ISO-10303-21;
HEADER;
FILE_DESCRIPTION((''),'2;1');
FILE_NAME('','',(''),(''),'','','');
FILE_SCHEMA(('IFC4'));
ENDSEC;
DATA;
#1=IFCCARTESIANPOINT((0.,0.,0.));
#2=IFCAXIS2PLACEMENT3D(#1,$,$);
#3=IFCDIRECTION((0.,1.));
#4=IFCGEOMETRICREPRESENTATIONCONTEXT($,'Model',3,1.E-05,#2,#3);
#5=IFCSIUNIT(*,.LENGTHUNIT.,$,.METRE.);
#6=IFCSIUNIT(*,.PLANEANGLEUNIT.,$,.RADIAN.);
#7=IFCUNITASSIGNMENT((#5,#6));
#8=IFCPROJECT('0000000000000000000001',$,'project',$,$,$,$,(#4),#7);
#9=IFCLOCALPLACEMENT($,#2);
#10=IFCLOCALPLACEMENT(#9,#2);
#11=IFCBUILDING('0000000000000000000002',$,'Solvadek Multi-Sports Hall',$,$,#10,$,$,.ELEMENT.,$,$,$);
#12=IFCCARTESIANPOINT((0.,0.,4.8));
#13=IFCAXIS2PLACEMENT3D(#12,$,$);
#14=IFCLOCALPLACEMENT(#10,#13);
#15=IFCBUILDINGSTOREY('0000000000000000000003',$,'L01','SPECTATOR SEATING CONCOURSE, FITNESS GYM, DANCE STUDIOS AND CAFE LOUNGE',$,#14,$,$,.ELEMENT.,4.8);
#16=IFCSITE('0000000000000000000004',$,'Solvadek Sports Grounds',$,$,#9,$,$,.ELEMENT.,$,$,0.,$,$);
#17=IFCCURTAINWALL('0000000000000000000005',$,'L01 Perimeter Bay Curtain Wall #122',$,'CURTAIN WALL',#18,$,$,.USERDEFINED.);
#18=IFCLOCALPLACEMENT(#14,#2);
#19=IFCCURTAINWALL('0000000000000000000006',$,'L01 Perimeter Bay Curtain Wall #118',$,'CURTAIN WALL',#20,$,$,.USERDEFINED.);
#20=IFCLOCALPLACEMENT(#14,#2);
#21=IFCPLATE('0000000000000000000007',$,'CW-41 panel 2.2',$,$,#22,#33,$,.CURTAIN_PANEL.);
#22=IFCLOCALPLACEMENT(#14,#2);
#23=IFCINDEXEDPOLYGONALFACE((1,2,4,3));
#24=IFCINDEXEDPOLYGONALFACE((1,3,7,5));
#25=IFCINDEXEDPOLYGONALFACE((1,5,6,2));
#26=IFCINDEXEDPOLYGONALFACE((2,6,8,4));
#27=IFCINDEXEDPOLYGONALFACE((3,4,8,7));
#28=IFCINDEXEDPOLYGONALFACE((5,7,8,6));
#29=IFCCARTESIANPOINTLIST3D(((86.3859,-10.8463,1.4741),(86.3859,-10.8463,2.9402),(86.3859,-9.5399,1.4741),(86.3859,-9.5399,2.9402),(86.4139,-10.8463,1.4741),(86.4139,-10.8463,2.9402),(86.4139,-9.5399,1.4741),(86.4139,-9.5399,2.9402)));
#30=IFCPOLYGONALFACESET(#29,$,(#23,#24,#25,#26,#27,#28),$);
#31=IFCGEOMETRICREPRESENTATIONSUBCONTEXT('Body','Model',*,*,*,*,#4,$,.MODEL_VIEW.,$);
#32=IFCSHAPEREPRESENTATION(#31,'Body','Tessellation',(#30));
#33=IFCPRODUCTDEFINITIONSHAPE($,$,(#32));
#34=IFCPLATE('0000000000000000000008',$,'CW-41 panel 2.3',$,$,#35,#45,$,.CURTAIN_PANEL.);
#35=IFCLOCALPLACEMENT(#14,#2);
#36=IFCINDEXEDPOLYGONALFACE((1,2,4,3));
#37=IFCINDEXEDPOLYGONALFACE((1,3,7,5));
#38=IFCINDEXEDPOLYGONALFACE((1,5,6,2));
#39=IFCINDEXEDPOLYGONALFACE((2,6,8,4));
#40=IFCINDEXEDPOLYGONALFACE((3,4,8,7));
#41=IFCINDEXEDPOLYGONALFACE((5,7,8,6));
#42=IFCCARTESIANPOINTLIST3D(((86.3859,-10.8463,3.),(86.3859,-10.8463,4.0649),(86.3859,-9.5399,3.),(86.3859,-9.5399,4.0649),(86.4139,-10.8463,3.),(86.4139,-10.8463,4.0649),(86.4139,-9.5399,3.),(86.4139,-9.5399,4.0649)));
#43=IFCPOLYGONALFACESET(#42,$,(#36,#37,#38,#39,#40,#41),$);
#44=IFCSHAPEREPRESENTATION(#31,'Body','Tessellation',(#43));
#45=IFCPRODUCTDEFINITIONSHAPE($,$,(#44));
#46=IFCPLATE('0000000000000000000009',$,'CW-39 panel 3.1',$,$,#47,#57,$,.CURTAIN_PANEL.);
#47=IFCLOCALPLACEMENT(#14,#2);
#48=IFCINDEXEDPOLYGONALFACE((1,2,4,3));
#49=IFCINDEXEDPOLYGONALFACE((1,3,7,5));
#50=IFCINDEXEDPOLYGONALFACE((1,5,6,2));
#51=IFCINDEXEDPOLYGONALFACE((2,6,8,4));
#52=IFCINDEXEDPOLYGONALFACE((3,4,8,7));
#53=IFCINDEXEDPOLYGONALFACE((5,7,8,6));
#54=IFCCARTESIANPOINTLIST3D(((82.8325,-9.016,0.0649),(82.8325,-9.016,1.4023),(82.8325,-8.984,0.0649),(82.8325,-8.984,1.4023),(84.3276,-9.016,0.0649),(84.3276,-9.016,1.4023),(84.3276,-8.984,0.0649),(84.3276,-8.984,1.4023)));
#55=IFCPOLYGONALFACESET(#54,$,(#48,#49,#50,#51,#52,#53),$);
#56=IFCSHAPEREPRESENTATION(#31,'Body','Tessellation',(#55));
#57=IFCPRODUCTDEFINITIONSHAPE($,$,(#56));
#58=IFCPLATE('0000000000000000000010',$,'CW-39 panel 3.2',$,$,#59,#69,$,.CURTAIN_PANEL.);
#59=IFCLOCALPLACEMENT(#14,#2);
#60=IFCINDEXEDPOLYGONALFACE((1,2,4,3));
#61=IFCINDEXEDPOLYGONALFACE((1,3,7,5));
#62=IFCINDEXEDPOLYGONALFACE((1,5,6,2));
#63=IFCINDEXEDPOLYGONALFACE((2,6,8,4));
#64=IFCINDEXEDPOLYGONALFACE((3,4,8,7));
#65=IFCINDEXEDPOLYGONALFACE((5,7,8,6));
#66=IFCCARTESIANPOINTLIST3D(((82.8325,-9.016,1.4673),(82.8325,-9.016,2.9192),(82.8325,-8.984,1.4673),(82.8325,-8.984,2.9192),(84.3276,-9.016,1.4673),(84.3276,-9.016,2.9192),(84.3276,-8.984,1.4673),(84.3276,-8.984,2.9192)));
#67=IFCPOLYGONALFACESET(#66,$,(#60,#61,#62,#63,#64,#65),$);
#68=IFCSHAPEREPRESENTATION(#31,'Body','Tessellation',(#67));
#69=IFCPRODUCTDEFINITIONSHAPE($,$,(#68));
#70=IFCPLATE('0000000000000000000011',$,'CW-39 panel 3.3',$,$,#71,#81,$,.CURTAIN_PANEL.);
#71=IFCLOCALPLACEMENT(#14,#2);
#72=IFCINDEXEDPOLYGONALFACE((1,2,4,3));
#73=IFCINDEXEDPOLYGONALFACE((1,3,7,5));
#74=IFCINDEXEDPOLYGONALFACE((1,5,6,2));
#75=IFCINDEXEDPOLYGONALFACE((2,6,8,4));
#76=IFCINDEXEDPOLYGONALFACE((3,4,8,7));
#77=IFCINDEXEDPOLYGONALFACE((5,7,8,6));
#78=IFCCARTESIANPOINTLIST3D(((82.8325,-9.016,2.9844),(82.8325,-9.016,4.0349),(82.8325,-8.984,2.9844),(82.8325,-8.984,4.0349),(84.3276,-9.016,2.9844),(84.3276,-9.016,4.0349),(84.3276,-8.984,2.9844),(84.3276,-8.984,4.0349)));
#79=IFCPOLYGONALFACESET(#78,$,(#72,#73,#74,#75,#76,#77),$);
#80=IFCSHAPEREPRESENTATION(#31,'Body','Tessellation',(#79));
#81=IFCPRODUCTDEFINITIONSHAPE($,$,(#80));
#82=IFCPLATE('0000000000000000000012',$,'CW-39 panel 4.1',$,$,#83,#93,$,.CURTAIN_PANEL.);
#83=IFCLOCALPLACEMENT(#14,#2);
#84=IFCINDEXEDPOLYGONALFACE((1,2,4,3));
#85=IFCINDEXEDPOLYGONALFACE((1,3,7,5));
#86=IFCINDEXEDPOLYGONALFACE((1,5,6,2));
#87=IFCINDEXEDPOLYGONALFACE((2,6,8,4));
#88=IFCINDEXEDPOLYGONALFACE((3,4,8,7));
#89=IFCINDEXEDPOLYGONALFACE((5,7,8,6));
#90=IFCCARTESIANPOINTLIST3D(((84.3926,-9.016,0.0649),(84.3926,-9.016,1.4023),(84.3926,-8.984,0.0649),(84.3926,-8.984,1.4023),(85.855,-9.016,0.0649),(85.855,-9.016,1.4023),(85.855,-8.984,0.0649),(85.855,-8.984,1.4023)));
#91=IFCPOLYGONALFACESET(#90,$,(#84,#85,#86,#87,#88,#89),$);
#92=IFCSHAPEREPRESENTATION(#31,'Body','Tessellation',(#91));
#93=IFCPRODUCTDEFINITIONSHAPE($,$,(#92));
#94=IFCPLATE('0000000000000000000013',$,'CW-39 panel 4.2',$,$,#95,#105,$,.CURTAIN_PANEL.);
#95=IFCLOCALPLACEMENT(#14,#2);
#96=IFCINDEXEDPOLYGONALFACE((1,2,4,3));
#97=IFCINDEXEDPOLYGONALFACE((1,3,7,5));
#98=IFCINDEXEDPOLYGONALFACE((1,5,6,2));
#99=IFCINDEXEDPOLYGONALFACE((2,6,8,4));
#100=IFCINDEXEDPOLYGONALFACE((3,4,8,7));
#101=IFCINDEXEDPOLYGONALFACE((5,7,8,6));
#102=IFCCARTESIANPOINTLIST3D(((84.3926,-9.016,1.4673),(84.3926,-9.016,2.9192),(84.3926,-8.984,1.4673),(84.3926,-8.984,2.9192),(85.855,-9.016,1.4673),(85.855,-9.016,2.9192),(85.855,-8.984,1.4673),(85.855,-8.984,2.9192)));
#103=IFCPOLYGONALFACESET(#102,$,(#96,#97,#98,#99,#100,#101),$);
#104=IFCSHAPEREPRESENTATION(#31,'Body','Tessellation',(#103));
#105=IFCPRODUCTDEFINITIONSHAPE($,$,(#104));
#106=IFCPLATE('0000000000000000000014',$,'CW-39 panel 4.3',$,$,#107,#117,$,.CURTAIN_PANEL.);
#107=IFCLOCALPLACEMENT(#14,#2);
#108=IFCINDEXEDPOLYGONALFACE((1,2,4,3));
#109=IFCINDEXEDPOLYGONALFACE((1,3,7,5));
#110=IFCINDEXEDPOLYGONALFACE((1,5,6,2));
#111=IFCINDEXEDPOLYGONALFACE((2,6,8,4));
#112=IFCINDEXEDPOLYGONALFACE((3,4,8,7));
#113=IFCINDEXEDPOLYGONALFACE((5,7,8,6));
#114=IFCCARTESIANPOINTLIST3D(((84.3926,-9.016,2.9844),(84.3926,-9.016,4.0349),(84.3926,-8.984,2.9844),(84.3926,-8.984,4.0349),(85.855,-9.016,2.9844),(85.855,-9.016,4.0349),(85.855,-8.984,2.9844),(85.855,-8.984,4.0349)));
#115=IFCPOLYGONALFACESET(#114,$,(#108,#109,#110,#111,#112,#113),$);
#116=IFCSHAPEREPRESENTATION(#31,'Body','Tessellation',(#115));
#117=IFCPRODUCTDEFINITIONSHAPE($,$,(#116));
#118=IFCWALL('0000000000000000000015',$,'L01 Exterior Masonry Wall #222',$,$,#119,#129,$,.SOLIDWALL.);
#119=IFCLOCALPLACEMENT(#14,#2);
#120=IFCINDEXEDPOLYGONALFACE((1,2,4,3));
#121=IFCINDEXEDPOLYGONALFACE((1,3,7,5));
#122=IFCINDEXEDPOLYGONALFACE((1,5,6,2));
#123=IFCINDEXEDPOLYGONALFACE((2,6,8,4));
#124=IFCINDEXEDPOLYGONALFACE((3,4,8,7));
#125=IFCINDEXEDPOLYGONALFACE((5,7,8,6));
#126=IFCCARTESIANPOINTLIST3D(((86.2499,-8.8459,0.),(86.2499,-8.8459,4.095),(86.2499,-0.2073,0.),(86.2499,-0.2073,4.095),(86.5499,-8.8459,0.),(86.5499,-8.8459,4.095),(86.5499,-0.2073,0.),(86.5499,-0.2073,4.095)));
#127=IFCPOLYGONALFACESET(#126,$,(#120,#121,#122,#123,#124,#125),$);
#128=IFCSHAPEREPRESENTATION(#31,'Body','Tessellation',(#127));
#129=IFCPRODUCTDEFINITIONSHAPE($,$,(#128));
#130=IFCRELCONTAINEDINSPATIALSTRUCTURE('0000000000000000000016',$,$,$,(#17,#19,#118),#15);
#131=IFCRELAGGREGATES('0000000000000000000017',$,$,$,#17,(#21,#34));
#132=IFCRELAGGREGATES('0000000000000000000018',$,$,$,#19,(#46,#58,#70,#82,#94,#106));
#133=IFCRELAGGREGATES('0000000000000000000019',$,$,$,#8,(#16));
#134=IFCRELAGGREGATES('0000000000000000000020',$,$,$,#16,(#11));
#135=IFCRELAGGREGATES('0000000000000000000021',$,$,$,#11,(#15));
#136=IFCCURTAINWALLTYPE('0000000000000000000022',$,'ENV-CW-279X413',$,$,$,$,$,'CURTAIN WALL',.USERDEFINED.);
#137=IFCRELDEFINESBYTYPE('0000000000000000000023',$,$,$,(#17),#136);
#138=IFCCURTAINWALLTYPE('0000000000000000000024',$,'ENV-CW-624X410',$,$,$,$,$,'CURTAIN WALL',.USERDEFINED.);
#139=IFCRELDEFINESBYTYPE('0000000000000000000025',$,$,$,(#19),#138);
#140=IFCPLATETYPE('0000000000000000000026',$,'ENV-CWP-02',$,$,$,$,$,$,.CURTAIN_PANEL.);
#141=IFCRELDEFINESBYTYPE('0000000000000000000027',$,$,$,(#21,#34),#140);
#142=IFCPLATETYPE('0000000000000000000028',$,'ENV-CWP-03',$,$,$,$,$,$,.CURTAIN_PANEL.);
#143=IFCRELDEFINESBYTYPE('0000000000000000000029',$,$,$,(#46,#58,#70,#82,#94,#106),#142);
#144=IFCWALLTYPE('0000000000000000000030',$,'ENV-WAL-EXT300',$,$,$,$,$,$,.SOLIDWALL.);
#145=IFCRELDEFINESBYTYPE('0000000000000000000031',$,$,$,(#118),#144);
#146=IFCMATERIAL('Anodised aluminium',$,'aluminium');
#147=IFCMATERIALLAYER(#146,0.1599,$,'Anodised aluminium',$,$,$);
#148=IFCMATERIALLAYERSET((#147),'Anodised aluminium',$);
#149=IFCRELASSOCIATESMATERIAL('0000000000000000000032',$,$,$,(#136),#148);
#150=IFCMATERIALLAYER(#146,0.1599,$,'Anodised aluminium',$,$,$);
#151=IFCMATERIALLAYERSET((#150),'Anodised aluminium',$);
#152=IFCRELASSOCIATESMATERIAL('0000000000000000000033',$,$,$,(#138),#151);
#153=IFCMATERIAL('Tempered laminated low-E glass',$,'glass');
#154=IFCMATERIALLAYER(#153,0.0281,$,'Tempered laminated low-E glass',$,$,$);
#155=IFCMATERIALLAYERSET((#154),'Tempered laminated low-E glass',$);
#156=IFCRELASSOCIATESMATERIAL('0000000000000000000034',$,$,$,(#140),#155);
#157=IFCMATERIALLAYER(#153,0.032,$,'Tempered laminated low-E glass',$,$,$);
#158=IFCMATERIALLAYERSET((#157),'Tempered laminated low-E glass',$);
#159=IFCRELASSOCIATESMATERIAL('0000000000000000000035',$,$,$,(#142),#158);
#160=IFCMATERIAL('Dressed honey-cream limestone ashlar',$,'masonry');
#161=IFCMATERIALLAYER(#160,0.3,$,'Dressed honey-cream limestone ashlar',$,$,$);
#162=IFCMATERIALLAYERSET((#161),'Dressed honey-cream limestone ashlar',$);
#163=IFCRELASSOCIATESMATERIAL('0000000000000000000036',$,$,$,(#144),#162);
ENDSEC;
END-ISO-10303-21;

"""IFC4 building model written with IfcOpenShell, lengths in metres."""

from ifc_helpers import new_model, si_unit, direction, frame, frame_2d, origin, origin_2d, place, context, subcontext, project, spatial, rectangle, extrude, material, layer, layer_set, type_object, element, aggregate, save


model = new_model("IFC4")

# Units and contexts
model_context = context("Model", 3, precision=1e-05, world=origin(), true_north=direction((0.0, 1.0)))
body_context = subcontext(model_context, "Body", "Model", "MODEL_VIEW")
ifc_project = project(units=[si_unit("LENGTHUNIT", "METRE"), si_unit("PLANEANGLEUNIT", "RADIAN")], contexts=[model_context])

# Site, building, storey
site_placement = place(None, origin())
site = spatial("IfcSite", under=ifc_project, at=site_placement, Name="Solvadek Sports Grounds", CompositionType="ELEMENT", RefElevation=0.0)
building_placement = place(site_placement, origin())
building = spatial("IfcBuilding", under=site, at=building_placement, Name="Solvadek Multi-Sports Hall", CompositionType="ELEMENT")
storey_placement = place(building_placement, frame((0.0, 0.0, 4.8)))
storey = spatial("IfcBuildingStorey", under=building, at=storey_placement, Name="L01", Description="SPECTATOR SEATING CONCOURSE, FITNESS GYM, DANCE STUDIOS AND CAFE LOUNGE", CompositionType="ELEMENT", Elevation=4.8)

# Curtain wall
ifc_material_1 = material(Name="Anodised aluminium", Category="aluminium")
ifc_layer_1 = layer(ifc_material_1, 0.1599, Name="Anodised aluminium")
ifc_layer_set_1 = layer_set([ifc_layer_1], Name="Anodised aluminium")
curtain_wall_type_1 = type_object("IfcCurtainWallType", Name="ENV-CW-279X413", ElementType="CURTAIN WALL", PredefinedType="USERDEFINED", material=ifc_layer_set_1)
curtain_wall_1_placement = place(storey_placement, origin())
curtain_wall_1 = element("IfcCurtainWall", 1, at=curtain_wall_1_placement, inside=storey, type_object=curtain_wall_type_1, Name="L01 Perimeter Bay Curtain Wall #122", ObjectType="CURTAIN WALL", PredefinedType="USERDEFINED")

# Curtain wall
ifc_layer_2 = layer(ifc_material_1, 0.1599, Name="Anodised aluminium")
ifc_layer_set_2 = layer_set([ifc_layer_2], Name="Anodised aluminium")
curtain_wall_type_2 = type_object("IfcCurtainWallType", Name="ENV-CW-624X410", ElementType="CURTAIN WALL", PredefinedType="USERDEFINED", material=ifc_layer_set_2)
curtain_wall_2_placement = place(storey_placement, origin())
curtain_wall_2 = element("IfcCurtainWall", 2, at=curtain_wall_2_placement, inside=storey, type_object=curtain_wall_type_2, Name="L01 Perimeter Bay Curtain Wall #118", ObjectType="CURTAIN WALL", PredefinedType="USERDEFINED")

# Plates
ifc_material_2 = material(Name="Tempered laminated low-E glass", Category="glass")
ifc_layer_3 = layer(ifc_material_2, 0.0281, Name="Tempered laminated low-E glass")
ifc_layer_set_3 = layer_set([ifc_layer_3], Name="Tempered laminated low-E glass")
plate_type_1 = type_object("IfcPlateType", Name="ENV-CWP-02", PredefinedType="CURTAIN_PANEL", material=ifc_layer_set_3)
plate_1_placement = place(storey_placement, frame((86.3999, -10.1931, 1.4741), z_axis=(0.0, 0.0, 1.0), x_axis=(0.0, 1.0, 0.0)))
plate_1 = element("IfcPlate", 3, at=plate_1_placement, type_object=plate_type_1, Name="CW-41 panel 2.2", PredefinedType="CURTAIN_PANEL", context=body_context, shape_type="SweptSolid", body=[
    extrude(rectangle(XDim=1.3064, YDim=0.0281, at=origin_2d()), origin(), (0.0, 0.0, 1.0), 1.4661),
])
plate_2_placement = place(storey_placement, frame((86.3999, -10.1931, 3.0), z_axis=(0.0, 0.0, 1.0), x_axis=(0.0, 1.0, 0.0)))
plate_2 = element("IfcPlate", 4, at=plate_2_placement, type_object=plate_type_1, Name="CW-41 panel 2.3", PredefinedType="CURTAIN_PANEL", context=body_context, shape_type="SweptSolid", body=[
    extrude(rectangle(XDim=1.3064, YDim=0.0281, at=origin_2d()), origin(), (0.0, 0.0, 1.0), 1.0649),
])
aggregate(curtain_wall_1, [plate_1, plate_2])
ifc_layer_4 = layer(ifc_material_2, 0.032, Name="Tempered laminated low-E glass")
ifc_layer_set_4 = layer_set([ifc_layer_4], Name="Tempered laminated low-E glass")
plate_type_2 = type_object("IfcPlateType", Name="ENV-CWP-03", PredefinedType="CURTAIN_PANEL", material=ifc_layer_set_4)
plate_3_placement = place(storey_placement, frame((83.5801, -9.0, 0.0649), z_axis=(0.0, 0.0, 1.0), x_axis=(1.0, 0.0, 0.0)))
plate_3 = element("IfcPlate", 5, at=plate_3_placement, type_object=plate_type_2, Name="CW-39 panel 3.1", PredefinedType="CURTAIN_PANEL", context=body_context, shape_type="SweptSolid", body=[
    extrude(rectangle(XDim=1.4951, YDim=0.032, at=origin_2d()), origin(), (0.0, 0.0, 1.0), 1.3374),
])
plate_4_placement = place(storey_placement, frame((83.5801, -9.0, 1.4673), z_axis=(0.0, 0.0, 1.0), x_axis=(1.0, 0.0, 0.0)))
plate_4 = element("IfcPlate", 6, at=plate_4_placement, type_object=plate_type_2, Name="CW-39 panel 3.2", PredefinedType="CURTAIN_PANEL", context=body_context, shape_type="SweptSolid", body=[
    extrude(rectangle(XDim=1.4951, YDim=0.032, at=origin_2d()), origin(), (0.0, 0.0, 1.0), 1.4519),
])
plate_5_placement = place(storey_placement, frame((83.5801, -9.0, 2.9844), z_axis=(0.0, 0.0, 1.0), x_axis=(1.0, 0.0, 0.0)))
plate_5 = element("IfcPlate", 7, at=plate_5_placement, type_object=plate_type_2, Name="CW-39 panel 3.3", PredefinedType="CURTAIN_PANEL", context=body_context, shape_type="SweptSolid", body=[
    extrude(rectangle(XDim=1.4951, YDim=0.032, at=origin_2d()), origin(), (0.0, 0.0, 1.0), 1.0505),
])
plate_6_placement = place(storey_placement, frame((85.1238, -9.0, 0.0649), z_axis=(0.0, 0.0, 1.0), x_axis=(1.0, 0.0, 0.0)))
plate_6 = element("IfcPlate", 8, at=plate_6_placement, type_object=plate_type_2, Name="CW-39 panel 4.1", PredefinedType="CURTAIN_PANEL", context=body_context, shape_type="SweptSolid", body=[
    extrude(rectangle(XDim=1.4624, YDim=0.032, at=origin_2d()), origin(), (0.0, 0.0, 1.0), 1.3374),
])
plate_7_placement = place(storey_placement, frame((85.1238, -9.0, 1.4673), z_axis=(0.0, 0.0, 1.0), x_axis=(1.0, 0.0, 0.0)))
plate_7 = element("IfcPlate", 9, at=plate_7_placement, type_object=plate_type_2, Name="CW-39 panel 4.2", PredefinedType="CURTAIN_PANEL", context=body_context, shape_type="SweptSolid", body=[
    extrude(rectangle(XDim=1.4624, YDim=0.032, at=origin_2d()), origin(), (0.0, 0.0, 1.0), 1.4519),
])
plate_8_placement = place(storey_placement, frame((85.1238, -9.0, 2.9844), z_axis=(0.0, 0.0, 1.0), x_axis=(1.0, 0.0, 0.0)))
plate_8 = element("IfcPlate", 10, at=plate_8_placement, type_object=plate_type_2, Name="CW-39 panel 4.3", PredefinedType="CURTAIN_PANEL", context=body_context, shape_type="SweptSolid", body=[
    extrude(rectangle(XDim=1.4624, YDim=0.032, at=origin_2d()), origin(), (0.0, 0.0, 1.0), 1.0505),
])
aggregate(curtain_wall_2, [plate_3, plate_4, plate_5, plate_6, plate_7, plate_8])

# Wall
ifc_material_3 = material(Name="Dressed honey-cream limestone ashlar", Category="masonry")
ifc_layer_5 = layer(ifc_material_3, 0.3, Name="Dressed honey-cream limestone ashlar")
ifc_layer_set_5 = layer_set([ifc_layer_5], Name="Dressed honey-cream limestone ashlar")
wall_type = type_object("IfcWallType", Name="ENV-WAL-EXT300", PredefinedType="SOLIDWALL", material=ifc_layer_set_5)
wall_placement = place(storey_placement, frame((86.3999, -8.8459, 0.0), z_axis=(0.0, 0.0, 1.0), x_axis=(0.0, 1.0, 0.0)))
element("IfcWall", 11, at=wall_placement, inside=storey, type_object=wall_type, Name="L01 Exterior Masonry Wall #222", PredefinedType="SOLIDWALL", context=body_context, shape_type="SweptSolid", body=[
    extrude(rectangle(XDim=8.6387, YDim=0.3, at=frame_2d((4.3193, 0.0))), origin(), (0.0, 0.0, 1.0), 4.095),
])

save(model, "model.ifc")
